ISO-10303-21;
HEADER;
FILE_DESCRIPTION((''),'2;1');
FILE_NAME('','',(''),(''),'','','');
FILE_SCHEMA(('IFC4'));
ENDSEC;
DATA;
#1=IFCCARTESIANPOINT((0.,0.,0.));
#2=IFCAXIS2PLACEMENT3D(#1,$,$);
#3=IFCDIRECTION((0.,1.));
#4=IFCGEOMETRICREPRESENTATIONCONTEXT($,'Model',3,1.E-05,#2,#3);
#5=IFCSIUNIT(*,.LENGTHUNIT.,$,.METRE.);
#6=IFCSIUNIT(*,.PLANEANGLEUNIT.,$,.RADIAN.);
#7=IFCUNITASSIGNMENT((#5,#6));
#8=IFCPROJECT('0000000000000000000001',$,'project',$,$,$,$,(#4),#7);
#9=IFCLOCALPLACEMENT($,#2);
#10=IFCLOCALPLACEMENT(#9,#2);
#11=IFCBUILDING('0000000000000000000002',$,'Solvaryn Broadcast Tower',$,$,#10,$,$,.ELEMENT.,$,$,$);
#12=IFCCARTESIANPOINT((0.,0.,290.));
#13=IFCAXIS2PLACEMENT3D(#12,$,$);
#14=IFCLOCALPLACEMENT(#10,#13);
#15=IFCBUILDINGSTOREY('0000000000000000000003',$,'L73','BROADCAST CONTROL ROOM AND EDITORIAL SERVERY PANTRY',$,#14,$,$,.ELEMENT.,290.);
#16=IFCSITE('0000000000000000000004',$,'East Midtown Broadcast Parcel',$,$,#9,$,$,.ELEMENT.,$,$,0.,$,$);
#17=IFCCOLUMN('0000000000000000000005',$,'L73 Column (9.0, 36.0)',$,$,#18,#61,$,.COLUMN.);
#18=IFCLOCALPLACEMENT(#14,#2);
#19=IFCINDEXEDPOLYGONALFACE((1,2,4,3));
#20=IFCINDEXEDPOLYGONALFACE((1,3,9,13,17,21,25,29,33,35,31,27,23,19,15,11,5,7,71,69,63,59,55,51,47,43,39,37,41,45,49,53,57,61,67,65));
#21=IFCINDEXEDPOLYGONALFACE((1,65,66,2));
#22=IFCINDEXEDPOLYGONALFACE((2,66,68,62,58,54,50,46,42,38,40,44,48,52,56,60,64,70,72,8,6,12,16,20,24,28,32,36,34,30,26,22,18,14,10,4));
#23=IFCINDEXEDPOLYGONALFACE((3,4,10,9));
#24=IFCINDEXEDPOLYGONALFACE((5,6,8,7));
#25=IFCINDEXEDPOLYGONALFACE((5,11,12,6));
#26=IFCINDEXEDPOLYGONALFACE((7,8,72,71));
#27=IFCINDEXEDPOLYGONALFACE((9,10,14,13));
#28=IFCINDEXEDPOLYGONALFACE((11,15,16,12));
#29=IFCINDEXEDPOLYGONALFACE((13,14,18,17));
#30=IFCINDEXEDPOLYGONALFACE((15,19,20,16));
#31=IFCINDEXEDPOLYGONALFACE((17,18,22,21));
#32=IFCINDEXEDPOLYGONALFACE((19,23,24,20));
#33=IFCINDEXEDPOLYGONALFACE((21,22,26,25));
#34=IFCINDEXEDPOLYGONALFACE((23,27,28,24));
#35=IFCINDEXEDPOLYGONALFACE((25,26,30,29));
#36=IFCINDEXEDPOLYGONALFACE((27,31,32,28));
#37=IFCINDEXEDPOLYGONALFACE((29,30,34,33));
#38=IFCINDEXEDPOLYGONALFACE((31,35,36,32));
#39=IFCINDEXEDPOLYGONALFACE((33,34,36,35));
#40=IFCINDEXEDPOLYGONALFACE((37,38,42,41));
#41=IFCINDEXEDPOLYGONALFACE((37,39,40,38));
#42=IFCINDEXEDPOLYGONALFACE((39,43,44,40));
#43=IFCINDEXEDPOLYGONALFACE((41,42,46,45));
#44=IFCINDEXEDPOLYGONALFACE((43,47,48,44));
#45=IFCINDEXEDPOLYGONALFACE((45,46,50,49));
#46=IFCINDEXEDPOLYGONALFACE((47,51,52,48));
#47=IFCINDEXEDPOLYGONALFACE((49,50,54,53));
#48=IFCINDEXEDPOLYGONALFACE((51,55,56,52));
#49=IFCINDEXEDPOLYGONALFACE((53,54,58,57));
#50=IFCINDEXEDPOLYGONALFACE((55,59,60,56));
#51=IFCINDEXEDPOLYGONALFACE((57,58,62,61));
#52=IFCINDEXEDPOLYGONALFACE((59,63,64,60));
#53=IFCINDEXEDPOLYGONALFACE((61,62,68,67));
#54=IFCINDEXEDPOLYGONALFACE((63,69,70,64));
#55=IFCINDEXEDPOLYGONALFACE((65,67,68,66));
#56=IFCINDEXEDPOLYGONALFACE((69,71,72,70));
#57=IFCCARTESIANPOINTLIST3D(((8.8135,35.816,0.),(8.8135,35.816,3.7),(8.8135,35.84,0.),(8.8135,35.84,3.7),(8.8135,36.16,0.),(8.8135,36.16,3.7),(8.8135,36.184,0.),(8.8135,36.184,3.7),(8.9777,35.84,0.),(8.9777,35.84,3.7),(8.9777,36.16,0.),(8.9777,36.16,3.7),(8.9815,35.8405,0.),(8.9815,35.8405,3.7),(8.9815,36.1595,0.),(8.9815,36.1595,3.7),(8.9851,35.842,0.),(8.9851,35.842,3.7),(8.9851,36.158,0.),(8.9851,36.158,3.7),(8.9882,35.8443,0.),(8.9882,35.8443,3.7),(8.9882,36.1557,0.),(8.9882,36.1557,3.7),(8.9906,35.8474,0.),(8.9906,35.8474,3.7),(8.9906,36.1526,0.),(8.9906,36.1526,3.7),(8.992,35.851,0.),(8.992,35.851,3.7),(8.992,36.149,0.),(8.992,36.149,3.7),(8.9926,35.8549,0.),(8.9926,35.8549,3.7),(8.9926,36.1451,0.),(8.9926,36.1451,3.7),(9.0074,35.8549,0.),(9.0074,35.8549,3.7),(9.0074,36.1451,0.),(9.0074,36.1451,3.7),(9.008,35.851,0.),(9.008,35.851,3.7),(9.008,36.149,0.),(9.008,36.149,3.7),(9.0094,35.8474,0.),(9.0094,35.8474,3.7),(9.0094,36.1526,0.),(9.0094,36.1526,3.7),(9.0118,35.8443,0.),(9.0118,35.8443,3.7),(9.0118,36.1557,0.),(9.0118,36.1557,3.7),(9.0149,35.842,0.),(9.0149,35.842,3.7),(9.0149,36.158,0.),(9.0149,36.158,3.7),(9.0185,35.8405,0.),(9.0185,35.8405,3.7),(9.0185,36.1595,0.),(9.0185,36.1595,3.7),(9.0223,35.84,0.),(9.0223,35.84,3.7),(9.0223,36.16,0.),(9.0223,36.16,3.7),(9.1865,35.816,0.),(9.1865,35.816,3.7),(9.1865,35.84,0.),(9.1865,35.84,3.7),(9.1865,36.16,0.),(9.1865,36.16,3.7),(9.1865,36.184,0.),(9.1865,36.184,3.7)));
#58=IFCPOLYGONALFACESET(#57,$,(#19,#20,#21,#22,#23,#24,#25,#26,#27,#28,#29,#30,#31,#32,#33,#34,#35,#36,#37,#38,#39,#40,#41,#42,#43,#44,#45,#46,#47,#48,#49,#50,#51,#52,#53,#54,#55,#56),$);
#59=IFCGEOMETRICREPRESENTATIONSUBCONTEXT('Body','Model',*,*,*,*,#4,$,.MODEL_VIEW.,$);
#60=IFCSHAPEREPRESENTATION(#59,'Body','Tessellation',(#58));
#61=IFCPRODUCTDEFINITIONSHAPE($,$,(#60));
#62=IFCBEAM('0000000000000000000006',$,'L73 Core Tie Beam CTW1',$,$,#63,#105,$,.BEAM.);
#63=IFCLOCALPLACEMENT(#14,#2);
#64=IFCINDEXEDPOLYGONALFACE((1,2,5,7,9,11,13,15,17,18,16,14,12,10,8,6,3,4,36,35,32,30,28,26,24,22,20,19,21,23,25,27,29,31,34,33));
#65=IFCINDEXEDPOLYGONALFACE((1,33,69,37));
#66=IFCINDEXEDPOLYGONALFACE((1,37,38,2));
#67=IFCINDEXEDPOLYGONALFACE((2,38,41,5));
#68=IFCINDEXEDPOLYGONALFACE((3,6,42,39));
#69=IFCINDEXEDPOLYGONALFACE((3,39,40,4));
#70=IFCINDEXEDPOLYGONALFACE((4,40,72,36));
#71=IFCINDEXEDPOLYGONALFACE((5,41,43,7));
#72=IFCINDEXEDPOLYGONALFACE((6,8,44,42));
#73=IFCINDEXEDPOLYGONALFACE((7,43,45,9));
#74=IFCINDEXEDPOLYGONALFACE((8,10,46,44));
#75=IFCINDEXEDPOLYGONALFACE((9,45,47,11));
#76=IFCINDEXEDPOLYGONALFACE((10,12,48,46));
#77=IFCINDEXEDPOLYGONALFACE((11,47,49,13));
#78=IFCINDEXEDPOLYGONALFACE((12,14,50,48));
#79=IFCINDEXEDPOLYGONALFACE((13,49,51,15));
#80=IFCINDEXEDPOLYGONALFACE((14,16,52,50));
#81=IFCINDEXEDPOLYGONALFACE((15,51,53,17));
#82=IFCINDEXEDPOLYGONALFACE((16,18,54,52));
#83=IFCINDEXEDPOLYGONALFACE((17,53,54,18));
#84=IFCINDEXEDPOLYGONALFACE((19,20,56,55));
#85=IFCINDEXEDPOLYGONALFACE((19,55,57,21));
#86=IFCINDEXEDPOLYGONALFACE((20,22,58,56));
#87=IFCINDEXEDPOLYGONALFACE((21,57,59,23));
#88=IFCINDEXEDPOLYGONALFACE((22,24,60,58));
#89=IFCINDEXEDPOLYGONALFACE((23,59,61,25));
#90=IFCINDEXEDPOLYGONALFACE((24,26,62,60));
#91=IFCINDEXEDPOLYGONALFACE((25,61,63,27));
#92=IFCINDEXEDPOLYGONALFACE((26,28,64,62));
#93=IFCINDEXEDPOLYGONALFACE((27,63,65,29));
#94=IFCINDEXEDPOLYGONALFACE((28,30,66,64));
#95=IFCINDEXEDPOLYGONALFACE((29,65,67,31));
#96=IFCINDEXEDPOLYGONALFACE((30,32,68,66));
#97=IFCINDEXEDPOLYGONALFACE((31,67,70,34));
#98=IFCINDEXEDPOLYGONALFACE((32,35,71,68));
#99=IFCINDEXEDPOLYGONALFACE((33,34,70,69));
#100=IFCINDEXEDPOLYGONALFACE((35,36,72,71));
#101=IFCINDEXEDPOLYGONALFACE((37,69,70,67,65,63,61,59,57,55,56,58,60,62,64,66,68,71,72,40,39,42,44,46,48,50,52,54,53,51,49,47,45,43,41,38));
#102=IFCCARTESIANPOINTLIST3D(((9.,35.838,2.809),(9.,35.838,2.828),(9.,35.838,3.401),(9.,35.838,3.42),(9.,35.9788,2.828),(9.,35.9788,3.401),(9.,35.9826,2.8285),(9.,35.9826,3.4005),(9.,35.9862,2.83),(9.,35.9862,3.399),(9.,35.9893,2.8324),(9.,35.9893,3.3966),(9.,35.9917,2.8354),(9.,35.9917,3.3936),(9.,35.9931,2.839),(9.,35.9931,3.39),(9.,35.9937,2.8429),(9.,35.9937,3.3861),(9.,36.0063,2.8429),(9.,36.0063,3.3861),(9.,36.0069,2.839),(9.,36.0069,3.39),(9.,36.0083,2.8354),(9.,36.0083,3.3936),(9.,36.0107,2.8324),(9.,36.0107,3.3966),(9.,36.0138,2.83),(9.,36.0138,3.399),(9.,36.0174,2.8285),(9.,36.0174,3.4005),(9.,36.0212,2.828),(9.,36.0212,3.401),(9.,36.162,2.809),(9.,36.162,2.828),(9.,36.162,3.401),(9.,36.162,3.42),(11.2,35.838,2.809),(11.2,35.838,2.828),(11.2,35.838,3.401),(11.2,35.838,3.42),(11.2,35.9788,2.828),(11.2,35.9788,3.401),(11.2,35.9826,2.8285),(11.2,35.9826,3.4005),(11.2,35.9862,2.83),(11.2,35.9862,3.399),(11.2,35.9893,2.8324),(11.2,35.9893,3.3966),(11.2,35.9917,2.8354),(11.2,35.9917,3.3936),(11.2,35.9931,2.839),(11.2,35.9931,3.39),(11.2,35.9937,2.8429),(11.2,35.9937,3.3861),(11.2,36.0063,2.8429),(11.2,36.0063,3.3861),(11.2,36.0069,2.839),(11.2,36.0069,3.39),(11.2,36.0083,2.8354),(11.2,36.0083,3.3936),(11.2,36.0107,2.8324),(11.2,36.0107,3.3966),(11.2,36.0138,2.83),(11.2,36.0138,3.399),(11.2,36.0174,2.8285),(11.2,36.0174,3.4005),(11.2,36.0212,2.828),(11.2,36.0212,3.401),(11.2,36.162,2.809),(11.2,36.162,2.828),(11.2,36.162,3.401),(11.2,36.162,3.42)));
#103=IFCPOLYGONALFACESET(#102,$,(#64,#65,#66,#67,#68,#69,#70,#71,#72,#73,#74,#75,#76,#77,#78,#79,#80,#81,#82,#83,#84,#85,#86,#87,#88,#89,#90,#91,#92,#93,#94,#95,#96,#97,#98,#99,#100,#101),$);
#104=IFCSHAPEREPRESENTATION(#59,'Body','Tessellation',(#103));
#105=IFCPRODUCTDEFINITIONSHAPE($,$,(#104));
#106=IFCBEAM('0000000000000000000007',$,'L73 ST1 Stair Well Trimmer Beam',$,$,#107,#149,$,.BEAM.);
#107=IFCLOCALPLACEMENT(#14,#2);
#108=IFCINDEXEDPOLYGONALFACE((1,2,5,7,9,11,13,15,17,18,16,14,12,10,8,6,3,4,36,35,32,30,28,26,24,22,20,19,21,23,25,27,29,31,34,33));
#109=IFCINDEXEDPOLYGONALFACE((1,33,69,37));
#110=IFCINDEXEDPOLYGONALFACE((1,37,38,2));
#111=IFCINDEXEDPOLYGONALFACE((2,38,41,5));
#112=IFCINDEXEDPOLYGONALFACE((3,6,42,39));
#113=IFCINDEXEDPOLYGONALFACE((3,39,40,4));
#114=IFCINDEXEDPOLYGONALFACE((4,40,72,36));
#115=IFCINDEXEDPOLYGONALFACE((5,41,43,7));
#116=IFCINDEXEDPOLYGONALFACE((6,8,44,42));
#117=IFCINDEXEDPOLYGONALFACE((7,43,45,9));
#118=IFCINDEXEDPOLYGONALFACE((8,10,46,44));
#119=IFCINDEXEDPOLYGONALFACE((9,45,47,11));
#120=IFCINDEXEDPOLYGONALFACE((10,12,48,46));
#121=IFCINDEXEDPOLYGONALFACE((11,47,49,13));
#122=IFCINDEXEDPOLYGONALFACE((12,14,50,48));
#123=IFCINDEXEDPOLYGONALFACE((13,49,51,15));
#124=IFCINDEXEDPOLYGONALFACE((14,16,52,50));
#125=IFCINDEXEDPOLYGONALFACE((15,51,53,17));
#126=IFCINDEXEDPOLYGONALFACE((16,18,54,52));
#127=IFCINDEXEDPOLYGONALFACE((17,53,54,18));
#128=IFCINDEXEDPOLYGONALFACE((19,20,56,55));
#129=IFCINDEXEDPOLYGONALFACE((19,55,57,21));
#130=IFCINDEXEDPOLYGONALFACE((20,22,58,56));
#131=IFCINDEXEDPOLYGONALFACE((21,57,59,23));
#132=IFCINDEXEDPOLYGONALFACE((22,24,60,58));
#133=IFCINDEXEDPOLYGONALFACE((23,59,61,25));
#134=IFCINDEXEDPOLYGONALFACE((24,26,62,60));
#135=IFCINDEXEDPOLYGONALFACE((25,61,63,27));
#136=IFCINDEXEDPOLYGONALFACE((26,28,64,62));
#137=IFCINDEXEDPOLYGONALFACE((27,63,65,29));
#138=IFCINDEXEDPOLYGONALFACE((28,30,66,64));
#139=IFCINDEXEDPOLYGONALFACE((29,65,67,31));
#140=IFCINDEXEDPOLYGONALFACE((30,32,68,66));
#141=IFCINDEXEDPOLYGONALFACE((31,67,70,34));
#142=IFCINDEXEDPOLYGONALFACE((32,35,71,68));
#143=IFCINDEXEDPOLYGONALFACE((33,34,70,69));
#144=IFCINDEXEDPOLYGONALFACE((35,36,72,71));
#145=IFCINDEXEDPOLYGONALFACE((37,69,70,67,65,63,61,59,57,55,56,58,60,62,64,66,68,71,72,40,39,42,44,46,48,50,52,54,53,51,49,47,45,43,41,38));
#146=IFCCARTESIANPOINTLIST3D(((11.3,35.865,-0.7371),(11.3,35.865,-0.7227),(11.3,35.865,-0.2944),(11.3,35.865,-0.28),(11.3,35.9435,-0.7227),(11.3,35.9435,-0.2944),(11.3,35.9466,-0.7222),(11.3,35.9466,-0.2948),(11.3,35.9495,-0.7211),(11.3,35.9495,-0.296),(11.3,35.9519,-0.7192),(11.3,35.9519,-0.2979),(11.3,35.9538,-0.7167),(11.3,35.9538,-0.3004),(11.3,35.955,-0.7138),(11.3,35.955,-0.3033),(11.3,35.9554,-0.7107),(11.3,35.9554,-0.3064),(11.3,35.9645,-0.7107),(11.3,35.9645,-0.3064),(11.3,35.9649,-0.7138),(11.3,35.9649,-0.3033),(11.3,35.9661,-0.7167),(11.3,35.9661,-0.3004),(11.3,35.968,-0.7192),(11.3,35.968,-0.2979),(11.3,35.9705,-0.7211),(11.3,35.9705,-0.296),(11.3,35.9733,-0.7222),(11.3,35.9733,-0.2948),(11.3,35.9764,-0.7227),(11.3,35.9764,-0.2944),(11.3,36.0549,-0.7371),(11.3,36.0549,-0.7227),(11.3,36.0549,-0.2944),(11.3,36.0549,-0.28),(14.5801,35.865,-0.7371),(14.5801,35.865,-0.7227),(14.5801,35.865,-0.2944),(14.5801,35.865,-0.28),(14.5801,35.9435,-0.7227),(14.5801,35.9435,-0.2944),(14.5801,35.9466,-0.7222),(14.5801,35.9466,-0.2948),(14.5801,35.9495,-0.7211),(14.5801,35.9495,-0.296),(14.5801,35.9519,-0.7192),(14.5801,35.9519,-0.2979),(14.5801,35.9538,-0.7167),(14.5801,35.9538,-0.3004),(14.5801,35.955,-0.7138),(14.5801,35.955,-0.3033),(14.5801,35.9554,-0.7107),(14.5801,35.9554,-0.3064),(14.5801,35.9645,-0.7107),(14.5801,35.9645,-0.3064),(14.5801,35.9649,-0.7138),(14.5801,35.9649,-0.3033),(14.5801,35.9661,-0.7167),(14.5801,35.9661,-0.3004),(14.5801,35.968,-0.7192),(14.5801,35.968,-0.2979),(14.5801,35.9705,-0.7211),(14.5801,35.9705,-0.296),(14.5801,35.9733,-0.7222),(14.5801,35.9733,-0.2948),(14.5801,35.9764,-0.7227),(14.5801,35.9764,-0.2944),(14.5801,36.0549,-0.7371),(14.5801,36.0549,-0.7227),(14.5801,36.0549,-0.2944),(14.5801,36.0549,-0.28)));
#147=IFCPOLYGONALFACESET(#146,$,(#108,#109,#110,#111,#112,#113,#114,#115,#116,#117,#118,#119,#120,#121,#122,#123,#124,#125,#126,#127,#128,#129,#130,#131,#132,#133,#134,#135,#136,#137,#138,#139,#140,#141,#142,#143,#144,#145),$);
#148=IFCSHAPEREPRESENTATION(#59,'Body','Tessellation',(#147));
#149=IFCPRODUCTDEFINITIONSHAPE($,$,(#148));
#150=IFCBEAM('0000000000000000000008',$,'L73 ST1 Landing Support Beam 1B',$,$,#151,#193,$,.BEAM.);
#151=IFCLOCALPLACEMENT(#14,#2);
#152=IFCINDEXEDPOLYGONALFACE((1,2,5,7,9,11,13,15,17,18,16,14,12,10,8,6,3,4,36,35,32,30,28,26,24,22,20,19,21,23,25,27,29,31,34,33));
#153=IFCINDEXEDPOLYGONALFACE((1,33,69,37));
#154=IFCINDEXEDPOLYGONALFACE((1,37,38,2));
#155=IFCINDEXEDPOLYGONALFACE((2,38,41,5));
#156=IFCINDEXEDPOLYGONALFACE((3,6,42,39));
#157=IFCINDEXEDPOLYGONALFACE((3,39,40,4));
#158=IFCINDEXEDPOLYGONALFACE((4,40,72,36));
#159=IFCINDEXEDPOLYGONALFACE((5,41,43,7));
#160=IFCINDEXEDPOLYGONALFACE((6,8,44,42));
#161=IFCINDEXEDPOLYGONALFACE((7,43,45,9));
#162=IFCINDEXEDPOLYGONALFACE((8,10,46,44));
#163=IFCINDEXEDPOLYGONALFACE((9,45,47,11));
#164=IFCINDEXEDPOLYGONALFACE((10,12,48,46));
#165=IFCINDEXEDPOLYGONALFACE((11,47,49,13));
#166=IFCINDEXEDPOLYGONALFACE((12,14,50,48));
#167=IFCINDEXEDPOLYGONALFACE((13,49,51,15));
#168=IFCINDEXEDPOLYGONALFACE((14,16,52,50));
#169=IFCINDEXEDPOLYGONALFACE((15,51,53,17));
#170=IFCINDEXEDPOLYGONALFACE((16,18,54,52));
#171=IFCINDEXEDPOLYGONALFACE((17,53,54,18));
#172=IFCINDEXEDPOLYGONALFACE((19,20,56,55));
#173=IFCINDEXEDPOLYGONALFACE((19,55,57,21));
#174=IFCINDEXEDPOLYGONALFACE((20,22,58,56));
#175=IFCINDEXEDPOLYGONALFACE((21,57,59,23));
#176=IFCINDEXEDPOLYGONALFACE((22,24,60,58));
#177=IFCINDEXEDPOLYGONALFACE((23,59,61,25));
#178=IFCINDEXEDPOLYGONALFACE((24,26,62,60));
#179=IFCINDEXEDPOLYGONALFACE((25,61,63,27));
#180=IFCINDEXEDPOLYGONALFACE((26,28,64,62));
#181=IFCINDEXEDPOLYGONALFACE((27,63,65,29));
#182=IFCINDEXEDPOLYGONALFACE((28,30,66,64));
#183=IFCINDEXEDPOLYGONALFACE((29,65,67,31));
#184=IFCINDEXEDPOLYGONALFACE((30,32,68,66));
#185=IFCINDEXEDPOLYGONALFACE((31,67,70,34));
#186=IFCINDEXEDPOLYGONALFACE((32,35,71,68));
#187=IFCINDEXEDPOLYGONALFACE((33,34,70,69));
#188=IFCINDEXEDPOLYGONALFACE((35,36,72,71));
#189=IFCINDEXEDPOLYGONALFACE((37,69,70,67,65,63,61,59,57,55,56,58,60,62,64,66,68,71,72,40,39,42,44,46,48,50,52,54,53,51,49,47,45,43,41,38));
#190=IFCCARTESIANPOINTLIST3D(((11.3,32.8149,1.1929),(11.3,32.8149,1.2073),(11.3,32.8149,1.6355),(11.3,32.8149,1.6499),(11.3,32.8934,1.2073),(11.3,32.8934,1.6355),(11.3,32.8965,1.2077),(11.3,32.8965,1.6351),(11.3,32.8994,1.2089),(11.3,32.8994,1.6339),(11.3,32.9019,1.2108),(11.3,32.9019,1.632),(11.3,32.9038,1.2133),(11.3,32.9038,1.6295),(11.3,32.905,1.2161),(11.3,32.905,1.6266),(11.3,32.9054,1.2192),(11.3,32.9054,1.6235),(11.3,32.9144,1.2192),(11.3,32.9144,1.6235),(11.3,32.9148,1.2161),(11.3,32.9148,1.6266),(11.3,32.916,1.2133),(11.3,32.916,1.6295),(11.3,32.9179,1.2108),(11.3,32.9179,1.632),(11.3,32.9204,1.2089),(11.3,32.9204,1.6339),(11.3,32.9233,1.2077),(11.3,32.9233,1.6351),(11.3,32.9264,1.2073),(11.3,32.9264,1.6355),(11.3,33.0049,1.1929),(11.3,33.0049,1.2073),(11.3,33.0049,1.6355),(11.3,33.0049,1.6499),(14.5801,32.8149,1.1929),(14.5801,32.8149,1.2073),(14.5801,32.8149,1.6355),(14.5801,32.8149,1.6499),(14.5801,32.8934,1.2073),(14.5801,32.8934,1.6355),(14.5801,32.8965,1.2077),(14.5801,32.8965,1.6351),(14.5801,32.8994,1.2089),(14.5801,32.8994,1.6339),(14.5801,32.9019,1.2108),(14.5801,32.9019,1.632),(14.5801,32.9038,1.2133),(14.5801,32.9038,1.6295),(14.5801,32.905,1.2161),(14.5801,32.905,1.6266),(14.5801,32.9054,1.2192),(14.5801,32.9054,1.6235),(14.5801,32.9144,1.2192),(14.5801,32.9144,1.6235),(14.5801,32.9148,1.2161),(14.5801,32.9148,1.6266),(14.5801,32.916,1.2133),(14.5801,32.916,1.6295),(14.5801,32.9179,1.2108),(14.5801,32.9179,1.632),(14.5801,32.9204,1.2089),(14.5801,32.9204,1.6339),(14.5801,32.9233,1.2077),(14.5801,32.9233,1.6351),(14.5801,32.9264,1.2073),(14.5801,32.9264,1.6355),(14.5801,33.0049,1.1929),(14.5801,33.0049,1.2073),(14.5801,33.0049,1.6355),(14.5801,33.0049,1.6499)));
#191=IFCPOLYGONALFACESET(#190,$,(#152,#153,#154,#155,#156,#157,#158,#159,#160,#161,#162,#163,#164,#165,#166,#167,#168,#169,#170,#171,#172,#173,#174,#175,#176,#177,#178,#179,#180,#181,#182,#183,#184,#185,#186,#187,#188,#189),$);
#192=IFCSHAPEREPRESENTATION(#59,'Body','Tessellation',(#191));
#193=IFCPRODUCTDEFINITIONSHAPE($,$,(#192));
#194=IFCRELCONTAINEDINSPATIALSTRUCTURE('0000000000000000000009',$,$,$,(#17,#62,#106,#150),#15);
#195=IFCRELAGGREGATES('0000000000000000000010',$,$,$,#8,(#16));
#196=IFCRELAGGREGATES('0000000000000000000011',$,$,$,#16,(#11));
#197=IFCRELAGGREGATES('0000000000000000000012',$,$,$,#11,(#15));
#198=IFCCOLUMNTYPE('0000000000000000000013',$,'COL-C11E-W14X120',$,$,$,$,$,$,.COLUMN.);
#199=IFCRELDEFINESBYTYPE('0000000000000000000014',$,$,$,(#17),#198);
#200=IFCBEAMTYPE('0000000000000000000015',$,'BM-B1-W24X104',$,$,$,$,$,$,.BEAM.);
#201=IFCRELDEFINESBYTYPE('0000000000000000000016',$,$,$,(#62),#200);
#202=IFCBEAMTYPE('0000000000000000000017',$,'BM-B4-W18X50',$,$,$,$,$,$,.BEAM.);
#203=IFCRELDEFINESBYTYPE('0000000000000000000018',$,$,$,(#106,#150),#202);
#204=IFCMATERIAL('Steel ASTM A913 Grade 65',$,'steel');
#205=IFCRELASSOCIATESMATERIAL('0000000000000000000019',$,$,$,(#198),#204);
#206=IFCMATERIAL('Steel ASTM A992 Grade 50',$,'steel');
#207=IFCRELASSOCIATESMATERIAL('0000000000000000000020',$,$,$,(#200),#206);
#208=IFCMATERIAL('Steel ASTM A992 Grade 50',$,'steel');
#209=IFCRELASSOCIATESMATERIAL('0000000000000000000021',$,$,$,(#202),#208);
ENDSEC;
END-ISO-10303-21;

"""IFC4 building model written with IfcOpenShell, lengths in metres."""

from ifc_helpers import new_model, si_unit, direction, frame, origin, origin_2d, place, context, subcontext, project, spatial, i_section, extrude, material, material_profile, profile_set, type_object, element, save


model = new_model("IFC4")

# Units and contexts
model_context = context("Model", 3, precision=1e-05, world=origin(), true_north=direction((0.0, 1.0)))
body_context = subcontext(model_context, "Body", "Model", "MODEL_VIEW")
ifc_project = project(units=[si_unit("LENGTHUNIT", "METRE"), si_unit("PLANEANGLEUNIT", "RADIAN")], contexts=[model_context])

# Site, building, storey
site_placement = place(None, origin())
site = spatial("IfcSite", under=ifc_project, at=site_placement, Name="East Midtown Broadcast Parcel", CompositionType="ELEMENT", RefElevation=0.0)
building_placement = place(site_placement, origin())
building = spatial("IfcBuilding", under=site, at=building_placement, Name="Solvaryn Broadcast Tower", CompositionType="ELEMENT")
storey_placement = place(building_placement, frame((0.0, 0.0, 290.0)))
storey = spatial("IfcBuildingStorey", under=building, at=storey_placement, Name="L73", Description="BROADCAST CONTROL ROOM AND EDITORIAL SERVERY PANTRY", CompositionType="ELEMENT", Elevation=290.0)

# Column
ifc_material_1 = material(Name="Steel ASTM A913 Grade 65", Category="steel")
ifc_material_profile_1 = material_profile(ifc_material_1, i_section(OverallWidth=0.373, OverallDepth=0.3679, WebThickness=0.0149, FlangeThickness=0.0239, FilletRadius=0.0149, at=origin_2d()))
ifc_profile_set_1 = profile_set([ifc_material_profile_1], Name="Steel ASTM A913 Grade 65")
column_type = type_object("IfcColumnType", Name="COL-C11E-W14X120", PredefinedType="COLUMN", material=ifc_profile_set_1)
column_placement = place(storey_placement, frame((9.0, 36.0, 0.0), z_axis=(0.0, 0.0, 1.0), x_axis=(1.0, 0.0, 0.0)))
element("IfcColumn", 1, at=column_placement, inside=storey, type_object=column_type, Name="L73 Column (9.0, 36.0)", PredefinedType="COLUMN", context=body_context, shape_type="SweptSolid", body=[
    extrude(i_section(OverallWidth=0.373, OverallDepth=0.3679, WebThickness=0.0149, FlangeThickness=0.0239, FilletRadius=0.0149, at=origin_2d()), origin(), (0.0, 0.0, 1.0), 3.7),
])

# Beams
ifc_material_2 = material(Name="Steel ASTM A992 Grade 50", Category="steel")
ifc_material_profile_2 = material_profile(ifc_material_2, i_section(OverallWidth=0.324, OverallDepth=0.6111, WebThickness=0.0127, FlangeThickness=0.019, FilletRadius=0.0149, at=origin_2d()))
ifc_profile_set_2 = profile_set([ifc_material_profile_2], Name="Steel ASTM A992 Grade 50")
beam_type_1 = type_object("IfcBeamType", Name="BM-B1-W24X104", PredefinedType="BEAM", material=ifc_profile_set_2)
beam_placement = place(storey_placement, frame((9.0, 36.0, 3.1145), z_axis=(1.0, 0.0, 0.0), x_axis=(0.0, 1.0, 0.0)))
element("IfcBeam", 2, at=beam_placement, inside=storey, type_object=beam_type_1, Name="L73 Core Tie Beam CTW1", PredefinedType="BEAM", context=body_context, shape_type="SweptSolid", body=[
    extrude(i_section(OverallWidth=0.324, OverallDepth=0.6111, WebThickness=0.0127, FlangeThickness=0.019, FilletRadius=0.0149, at=origin_2d()), origin(), (0.0, 0.0, 1.0), 2.2),
])
ifc_material_3 = material(Name="Steel ASTM A992 Grade 50", Category="steel")
ifc_material_profile_3 = material_profile(ifc_material_3, i_section(OverallWidth=0.1899, OverallDepth=0.457, WebThickness=0.009, FlangeThickness=0.0144, FilletRadius=0.012, at=origin_2d()))
ifc_profile_set_3 = profile_set([ifc_material_profile_3], Name="Steel ASTM A992 Grade 50")
beam_type_2 = type_object("IfcBeamType", Name="BM-B4-W18X50", PredefinedType="BEAM", material=ifc_profile_set_3)
for number, where, z_axis, x_axis, name in (
    (3, (11.3, 35.96, -0.5085), (1.0, 0.0, 0.0), (0.0, 1.0, 0.0), "L73 ST1 Stair Well Trimmer Beam"),
    (4, (11.3, 32.9099, 1.4214), (1.0, 0.0, 0.0), (0.0, 1.0, 0.0), "L73 ST1 Landing Support Beam 1B"),
):
    element("IfcBeam", number, at=place(storey_placement, frame(where, z_axis=z_axis, x_axis=x_axis)), inside=storey, type_object=beam_type_2, Name=name, PredefinedType="BEAM", context=body_context, shape_type="SweptSolid", body=[
        extrude(i_section(OverallWidth=0.1899, OverallDepth=0.457, WebThickness=0.009, FlangeThickness=0.0144, FilletRadius=0.012, at=origin_2d()), origin(), (0.0, 0.0, 1.0), 3.28),
    ])

save(model, "model.ifc")
